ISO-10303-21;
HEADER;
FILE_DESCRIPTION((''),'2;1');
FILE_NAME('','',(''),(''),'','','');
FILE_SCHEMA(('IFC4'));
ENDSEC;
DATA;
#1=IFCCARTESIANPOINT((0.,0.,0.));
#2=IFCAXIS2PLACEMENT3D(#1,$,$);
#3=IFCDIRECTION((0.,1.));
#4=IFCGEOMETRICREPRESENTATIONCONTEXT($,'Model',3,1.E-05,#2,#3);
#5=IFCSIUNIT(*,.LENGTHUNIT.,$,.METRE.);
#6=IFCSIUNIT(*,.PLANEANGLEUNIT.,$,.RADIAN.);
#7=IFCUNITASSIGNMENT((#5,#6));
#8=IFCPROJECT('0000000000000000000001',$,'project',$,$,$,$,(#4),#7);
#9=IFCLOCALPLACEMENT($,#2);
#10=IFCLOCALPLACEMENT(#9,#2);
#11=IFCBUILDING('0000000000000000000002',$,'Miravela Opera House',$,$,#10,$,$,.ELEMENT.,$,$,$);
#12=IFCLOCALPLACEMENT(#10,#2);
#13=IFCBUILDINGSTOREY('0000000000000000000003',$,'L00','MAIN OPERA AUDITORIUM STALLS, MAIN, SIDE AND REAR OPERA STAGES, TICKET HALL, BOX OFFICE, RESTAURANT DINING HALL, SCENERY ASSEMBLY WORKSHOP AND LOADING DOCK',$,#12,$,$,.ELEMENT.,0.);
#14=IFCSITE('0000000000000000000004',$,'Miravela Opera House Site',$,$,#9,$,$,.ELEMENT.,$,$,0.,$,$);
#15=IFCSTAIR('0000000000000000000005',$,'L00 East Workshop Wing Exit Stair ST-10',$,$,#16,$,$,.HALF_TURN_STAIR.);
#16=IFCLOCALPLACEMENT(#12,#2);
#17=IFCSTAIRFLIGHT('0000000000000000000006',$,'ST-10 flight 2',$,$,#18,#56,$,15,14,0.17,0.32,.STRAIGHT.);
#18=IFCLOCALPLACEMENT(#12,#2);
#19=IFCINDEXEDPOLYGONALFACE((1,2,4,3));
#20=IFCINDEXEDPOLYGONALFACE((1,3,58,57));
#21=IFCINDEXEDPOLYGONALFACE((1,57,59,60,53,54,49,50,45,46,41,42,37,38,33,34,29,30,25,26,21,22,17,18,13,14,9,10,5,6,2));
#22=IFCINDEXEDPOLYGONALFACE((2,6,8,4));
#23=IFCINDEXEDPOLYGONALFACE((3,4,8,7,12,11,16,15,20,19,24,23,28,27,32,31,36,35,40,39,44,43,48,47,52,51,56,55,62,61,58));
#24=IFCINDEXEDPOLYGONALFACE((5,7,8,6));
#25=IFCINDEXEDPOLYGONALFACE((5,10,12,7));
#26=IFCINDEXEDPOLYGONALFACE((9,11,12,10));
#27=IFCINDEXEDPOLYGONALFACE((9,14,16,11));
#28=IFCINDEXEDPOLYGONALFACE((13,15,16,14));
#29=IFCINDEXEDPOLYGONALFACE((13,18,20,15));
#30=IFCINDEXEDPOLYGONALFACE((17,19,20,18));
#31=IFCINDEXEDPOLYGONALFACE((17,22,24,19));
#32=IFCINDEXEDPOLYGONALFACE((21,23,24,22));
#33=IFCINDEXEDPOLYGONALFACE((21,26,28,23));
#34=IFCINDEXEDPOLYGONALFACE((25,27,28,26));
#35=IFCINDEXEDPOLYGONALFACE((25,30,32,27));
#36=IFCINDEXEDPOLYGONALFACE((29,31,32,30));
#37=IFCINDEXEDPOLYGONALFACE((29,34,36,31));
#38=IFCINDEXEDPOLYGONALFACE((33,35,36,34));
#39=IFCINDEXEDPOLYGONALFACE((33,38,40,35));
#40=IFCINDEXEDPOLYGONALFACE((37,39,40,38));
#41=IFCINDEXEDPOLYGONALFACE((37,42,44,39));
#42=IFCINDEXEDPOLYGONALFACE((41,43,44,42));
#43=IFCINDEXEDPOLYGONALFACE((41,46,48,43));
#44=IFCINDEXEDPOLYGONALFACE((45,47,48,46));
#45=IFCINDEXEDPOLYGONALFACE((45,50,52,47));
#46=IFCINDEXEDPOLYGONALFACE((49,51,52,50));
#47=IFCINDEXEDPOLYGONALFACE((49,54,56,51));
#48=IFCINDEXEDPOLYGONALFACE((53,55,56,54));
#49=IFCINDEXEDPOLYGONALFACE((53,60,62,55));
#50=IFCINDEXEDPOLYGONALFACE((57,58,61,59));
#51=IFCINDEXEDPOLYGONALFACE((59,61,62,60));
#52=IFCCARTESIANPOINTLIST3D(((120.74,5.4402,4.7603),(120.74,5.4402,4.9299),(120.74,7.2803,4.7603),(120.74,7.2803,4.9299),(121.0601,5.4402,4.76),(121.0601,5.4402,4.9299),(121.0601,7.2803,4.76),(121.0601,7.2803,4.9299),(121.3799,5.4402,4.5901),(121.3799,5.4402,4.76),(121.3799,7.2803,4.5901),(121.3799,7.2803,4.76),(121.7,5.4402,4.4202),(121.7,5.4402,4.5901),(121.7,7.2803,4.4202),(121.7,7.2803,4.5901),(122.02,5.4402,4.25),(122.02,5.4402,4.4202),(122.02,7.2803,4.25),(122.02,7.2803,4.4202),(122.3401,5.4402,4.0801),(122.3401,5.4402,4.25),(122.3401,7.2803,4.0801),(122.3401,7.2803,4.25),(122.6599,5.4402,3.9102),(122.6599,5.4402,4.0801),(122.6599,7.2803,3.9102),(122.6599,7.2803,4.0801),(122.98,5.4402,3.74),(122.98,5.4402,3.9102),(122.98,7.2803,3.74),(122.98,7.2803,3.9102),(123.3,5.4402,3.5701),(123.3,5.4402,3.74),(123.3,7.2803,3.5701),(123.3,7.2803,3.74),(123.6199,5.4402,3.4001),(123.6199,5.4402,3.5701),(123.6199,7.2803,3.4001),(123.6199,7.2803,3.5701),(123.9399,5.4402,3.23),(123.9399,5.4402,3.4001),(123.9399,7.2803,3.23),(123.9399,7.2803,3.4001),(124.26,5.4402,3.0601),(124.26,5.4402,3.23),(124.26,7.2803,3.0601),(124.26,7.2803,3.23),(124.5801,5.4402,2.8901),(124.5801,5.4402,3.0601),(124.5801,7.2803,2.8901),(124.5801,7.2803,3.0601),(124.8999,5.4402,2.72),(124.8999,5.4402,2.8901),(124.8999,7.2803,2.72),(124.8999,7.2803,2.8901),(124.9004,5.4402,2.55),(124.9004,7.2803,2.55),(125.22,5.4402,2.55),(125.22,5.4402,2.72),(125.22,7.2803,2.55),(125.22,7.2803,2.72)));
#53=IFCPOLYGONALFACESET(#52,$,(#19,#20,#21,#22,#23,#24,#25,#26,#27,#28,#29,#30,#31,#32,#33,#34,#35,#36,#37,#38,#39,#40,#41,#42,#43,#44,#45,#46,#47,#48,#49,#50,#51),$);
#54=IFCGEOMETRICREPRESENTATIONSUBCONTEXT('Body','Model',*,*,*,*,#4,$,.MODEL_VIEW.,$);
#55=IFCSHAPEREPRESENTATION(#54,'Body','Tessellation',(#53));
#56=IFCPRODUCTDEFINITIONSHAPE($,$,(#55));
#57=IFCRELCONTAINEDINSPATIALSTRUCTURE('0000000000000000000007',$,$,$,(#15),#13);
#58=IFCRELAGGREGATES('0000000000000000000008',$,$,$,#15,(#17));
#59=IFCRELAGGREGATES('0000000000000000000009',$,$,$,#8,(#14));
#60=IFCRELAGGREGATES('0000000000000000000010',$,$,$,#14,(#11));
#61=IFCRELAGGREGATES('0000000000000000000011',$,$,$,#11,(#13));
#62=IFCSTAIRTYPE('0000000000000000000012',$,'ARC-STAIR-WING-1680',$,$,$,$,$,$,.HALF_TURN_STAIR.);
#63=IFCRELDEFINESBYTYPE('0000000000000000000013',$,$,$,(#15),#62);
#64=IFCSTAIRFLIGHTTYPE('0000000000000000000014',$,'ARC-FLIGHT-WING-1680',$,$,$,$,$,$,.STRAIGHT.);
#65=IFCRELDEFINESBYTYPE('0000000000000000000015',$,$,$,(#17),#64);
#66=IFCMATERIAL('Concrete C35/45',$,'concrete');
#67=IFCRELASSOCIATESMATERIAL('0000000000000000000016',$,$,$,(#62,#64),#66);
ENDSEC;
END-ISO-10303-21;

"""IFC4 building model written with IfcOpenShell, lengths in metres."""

from ifc_helpers import new_model, si_unit, direction, frame, origin, place, context, subcontext, project, spatial, polyline, outline, extrude, material, type_object, element, aggregate, save


model = new_model("IFC4")

# Units and contexts
model_context = context("Model", 3, precision=1e-05, world=origin(), true_north=direction((0.0, 1.0)))
body_context = subcontext(model_context, "Body", "Model", "MODEL_VIEW")
ifc_project = project(units=[si_unit("LENGTHUNIT", "METRE"), si_unit("PLANEANGLEUNIT", "RADIAN")], contexts=[model_context])

# Site, building, storey
site_placement = place(None, origin())
site = spatial("IfcSite", under=ifc_project, at=site_placement, Name="Miravela Opera House Site", CompositionType="ELEMENT", RefElevation=0.0)
building_placement = place(site_placement, origin())
building = spatial("IfcBuilding", under=site, at=building_placement, Name="Miravela Opera House", CompositionType="ELEMENT")
storey_placement = place(building_placement, origin())
storey = spatial("IfcBuildingStorey", under=building, at=storey_placement, Name="L00", Description="MAIN OPERA AUDITORIUM STALLS, MAIN, SIDE AND REAR OPERA STAGES, TICKET HALL, BOX OFFICE, RESTAURANT DINING HALL, SCENERY ASSEMBLY WORKSHOP AND LOADING DOCK", CompositionType="ELEMENT", Elevation=0.0)

# Shared definitions
ifc_material_1 = material(Name="Concrete C35/45", Category="concrete")

# Stair, stair flight
stair_type = type_object("IfcStairType", Name="ARC-STAIR-WING-1680", PredefinedType="HALF_TURN_STAIR", material=ifc_material_1)
stair_placement = place(storey_placement, origin())
stair = element("IfcStair", 1, at=stair_placement, inside=storey, type_object=stair_type, Name="L00 East Workshop Wing Exit Stair ST-10", PredefinedType="HALF_TURN_STAIR")
stair_flight_type = type_object("IfcStairFlightType", Name="ARC-FLIGHT-WING-1680", PredefinedType="STRAIGHT", material=ifc_material_1)
stair_flight_placement = place(storey_placement, frame((125.22, 6.3601, 2.55), z_axis=(0.0, 0.0, 1.0), x_axis=(-1.0, 0.0, 0.0)))
stair_flight = element("IfcStairFlight", 2, at=stair_flight_placement, type_object=stair_flight_type, Name="ST-10 flight 2", NumberOfRisers=15, NumberOfTreads=14, PredefinedType="STRAIGHT", RiserHeight=0.17, TreadLength=0.32, context=body_context, shape_type="SweptSolid", body=[
    extrude(outline(polyline([(0.0, 0.0), (0.0, 0.1699), (0.3201, 0.1699), (0.3201, 0.3401), (0.6399, 0.3401), (0.6399, 0.51), (0.96, 0.51), (0.96, 0.6799), (1.28, 0.6799), (1.28, 0.8501), (1.6001, 0.8501), (1.6001, 1.02), (1.9199, 1.02), (1.9199, 1.1899), (2.24, 1.1899), (2.24, 1.3601), (2.5601, 1.3601), (2.5601, 1.53), (2.8799, 1.53), (2.8799, 1.7), (3.2, 1.7), (3.2, 1.8701), (3.52, 1.8701), (3.52, 2.04), (3.8401, 2.04), (3.8401, 2.21), (4.1599, 2.21), (4.1599, 2.3799), (4.48, 2.3799), (4.48, 2.55), (4.48, 2.2102), (0.3196, 0.0), (0.0, 0.0)])), frame((0.0, 0.9199, 0.0), z_axis=(0.0, -1.0, 0.0), x_axis=(1.0, 0.0, 0.0)), (0.0, 0.0, 1.0), 1.8401),
])
aggregate(stair, [stair_flight])

save(model, "model.ifc")
